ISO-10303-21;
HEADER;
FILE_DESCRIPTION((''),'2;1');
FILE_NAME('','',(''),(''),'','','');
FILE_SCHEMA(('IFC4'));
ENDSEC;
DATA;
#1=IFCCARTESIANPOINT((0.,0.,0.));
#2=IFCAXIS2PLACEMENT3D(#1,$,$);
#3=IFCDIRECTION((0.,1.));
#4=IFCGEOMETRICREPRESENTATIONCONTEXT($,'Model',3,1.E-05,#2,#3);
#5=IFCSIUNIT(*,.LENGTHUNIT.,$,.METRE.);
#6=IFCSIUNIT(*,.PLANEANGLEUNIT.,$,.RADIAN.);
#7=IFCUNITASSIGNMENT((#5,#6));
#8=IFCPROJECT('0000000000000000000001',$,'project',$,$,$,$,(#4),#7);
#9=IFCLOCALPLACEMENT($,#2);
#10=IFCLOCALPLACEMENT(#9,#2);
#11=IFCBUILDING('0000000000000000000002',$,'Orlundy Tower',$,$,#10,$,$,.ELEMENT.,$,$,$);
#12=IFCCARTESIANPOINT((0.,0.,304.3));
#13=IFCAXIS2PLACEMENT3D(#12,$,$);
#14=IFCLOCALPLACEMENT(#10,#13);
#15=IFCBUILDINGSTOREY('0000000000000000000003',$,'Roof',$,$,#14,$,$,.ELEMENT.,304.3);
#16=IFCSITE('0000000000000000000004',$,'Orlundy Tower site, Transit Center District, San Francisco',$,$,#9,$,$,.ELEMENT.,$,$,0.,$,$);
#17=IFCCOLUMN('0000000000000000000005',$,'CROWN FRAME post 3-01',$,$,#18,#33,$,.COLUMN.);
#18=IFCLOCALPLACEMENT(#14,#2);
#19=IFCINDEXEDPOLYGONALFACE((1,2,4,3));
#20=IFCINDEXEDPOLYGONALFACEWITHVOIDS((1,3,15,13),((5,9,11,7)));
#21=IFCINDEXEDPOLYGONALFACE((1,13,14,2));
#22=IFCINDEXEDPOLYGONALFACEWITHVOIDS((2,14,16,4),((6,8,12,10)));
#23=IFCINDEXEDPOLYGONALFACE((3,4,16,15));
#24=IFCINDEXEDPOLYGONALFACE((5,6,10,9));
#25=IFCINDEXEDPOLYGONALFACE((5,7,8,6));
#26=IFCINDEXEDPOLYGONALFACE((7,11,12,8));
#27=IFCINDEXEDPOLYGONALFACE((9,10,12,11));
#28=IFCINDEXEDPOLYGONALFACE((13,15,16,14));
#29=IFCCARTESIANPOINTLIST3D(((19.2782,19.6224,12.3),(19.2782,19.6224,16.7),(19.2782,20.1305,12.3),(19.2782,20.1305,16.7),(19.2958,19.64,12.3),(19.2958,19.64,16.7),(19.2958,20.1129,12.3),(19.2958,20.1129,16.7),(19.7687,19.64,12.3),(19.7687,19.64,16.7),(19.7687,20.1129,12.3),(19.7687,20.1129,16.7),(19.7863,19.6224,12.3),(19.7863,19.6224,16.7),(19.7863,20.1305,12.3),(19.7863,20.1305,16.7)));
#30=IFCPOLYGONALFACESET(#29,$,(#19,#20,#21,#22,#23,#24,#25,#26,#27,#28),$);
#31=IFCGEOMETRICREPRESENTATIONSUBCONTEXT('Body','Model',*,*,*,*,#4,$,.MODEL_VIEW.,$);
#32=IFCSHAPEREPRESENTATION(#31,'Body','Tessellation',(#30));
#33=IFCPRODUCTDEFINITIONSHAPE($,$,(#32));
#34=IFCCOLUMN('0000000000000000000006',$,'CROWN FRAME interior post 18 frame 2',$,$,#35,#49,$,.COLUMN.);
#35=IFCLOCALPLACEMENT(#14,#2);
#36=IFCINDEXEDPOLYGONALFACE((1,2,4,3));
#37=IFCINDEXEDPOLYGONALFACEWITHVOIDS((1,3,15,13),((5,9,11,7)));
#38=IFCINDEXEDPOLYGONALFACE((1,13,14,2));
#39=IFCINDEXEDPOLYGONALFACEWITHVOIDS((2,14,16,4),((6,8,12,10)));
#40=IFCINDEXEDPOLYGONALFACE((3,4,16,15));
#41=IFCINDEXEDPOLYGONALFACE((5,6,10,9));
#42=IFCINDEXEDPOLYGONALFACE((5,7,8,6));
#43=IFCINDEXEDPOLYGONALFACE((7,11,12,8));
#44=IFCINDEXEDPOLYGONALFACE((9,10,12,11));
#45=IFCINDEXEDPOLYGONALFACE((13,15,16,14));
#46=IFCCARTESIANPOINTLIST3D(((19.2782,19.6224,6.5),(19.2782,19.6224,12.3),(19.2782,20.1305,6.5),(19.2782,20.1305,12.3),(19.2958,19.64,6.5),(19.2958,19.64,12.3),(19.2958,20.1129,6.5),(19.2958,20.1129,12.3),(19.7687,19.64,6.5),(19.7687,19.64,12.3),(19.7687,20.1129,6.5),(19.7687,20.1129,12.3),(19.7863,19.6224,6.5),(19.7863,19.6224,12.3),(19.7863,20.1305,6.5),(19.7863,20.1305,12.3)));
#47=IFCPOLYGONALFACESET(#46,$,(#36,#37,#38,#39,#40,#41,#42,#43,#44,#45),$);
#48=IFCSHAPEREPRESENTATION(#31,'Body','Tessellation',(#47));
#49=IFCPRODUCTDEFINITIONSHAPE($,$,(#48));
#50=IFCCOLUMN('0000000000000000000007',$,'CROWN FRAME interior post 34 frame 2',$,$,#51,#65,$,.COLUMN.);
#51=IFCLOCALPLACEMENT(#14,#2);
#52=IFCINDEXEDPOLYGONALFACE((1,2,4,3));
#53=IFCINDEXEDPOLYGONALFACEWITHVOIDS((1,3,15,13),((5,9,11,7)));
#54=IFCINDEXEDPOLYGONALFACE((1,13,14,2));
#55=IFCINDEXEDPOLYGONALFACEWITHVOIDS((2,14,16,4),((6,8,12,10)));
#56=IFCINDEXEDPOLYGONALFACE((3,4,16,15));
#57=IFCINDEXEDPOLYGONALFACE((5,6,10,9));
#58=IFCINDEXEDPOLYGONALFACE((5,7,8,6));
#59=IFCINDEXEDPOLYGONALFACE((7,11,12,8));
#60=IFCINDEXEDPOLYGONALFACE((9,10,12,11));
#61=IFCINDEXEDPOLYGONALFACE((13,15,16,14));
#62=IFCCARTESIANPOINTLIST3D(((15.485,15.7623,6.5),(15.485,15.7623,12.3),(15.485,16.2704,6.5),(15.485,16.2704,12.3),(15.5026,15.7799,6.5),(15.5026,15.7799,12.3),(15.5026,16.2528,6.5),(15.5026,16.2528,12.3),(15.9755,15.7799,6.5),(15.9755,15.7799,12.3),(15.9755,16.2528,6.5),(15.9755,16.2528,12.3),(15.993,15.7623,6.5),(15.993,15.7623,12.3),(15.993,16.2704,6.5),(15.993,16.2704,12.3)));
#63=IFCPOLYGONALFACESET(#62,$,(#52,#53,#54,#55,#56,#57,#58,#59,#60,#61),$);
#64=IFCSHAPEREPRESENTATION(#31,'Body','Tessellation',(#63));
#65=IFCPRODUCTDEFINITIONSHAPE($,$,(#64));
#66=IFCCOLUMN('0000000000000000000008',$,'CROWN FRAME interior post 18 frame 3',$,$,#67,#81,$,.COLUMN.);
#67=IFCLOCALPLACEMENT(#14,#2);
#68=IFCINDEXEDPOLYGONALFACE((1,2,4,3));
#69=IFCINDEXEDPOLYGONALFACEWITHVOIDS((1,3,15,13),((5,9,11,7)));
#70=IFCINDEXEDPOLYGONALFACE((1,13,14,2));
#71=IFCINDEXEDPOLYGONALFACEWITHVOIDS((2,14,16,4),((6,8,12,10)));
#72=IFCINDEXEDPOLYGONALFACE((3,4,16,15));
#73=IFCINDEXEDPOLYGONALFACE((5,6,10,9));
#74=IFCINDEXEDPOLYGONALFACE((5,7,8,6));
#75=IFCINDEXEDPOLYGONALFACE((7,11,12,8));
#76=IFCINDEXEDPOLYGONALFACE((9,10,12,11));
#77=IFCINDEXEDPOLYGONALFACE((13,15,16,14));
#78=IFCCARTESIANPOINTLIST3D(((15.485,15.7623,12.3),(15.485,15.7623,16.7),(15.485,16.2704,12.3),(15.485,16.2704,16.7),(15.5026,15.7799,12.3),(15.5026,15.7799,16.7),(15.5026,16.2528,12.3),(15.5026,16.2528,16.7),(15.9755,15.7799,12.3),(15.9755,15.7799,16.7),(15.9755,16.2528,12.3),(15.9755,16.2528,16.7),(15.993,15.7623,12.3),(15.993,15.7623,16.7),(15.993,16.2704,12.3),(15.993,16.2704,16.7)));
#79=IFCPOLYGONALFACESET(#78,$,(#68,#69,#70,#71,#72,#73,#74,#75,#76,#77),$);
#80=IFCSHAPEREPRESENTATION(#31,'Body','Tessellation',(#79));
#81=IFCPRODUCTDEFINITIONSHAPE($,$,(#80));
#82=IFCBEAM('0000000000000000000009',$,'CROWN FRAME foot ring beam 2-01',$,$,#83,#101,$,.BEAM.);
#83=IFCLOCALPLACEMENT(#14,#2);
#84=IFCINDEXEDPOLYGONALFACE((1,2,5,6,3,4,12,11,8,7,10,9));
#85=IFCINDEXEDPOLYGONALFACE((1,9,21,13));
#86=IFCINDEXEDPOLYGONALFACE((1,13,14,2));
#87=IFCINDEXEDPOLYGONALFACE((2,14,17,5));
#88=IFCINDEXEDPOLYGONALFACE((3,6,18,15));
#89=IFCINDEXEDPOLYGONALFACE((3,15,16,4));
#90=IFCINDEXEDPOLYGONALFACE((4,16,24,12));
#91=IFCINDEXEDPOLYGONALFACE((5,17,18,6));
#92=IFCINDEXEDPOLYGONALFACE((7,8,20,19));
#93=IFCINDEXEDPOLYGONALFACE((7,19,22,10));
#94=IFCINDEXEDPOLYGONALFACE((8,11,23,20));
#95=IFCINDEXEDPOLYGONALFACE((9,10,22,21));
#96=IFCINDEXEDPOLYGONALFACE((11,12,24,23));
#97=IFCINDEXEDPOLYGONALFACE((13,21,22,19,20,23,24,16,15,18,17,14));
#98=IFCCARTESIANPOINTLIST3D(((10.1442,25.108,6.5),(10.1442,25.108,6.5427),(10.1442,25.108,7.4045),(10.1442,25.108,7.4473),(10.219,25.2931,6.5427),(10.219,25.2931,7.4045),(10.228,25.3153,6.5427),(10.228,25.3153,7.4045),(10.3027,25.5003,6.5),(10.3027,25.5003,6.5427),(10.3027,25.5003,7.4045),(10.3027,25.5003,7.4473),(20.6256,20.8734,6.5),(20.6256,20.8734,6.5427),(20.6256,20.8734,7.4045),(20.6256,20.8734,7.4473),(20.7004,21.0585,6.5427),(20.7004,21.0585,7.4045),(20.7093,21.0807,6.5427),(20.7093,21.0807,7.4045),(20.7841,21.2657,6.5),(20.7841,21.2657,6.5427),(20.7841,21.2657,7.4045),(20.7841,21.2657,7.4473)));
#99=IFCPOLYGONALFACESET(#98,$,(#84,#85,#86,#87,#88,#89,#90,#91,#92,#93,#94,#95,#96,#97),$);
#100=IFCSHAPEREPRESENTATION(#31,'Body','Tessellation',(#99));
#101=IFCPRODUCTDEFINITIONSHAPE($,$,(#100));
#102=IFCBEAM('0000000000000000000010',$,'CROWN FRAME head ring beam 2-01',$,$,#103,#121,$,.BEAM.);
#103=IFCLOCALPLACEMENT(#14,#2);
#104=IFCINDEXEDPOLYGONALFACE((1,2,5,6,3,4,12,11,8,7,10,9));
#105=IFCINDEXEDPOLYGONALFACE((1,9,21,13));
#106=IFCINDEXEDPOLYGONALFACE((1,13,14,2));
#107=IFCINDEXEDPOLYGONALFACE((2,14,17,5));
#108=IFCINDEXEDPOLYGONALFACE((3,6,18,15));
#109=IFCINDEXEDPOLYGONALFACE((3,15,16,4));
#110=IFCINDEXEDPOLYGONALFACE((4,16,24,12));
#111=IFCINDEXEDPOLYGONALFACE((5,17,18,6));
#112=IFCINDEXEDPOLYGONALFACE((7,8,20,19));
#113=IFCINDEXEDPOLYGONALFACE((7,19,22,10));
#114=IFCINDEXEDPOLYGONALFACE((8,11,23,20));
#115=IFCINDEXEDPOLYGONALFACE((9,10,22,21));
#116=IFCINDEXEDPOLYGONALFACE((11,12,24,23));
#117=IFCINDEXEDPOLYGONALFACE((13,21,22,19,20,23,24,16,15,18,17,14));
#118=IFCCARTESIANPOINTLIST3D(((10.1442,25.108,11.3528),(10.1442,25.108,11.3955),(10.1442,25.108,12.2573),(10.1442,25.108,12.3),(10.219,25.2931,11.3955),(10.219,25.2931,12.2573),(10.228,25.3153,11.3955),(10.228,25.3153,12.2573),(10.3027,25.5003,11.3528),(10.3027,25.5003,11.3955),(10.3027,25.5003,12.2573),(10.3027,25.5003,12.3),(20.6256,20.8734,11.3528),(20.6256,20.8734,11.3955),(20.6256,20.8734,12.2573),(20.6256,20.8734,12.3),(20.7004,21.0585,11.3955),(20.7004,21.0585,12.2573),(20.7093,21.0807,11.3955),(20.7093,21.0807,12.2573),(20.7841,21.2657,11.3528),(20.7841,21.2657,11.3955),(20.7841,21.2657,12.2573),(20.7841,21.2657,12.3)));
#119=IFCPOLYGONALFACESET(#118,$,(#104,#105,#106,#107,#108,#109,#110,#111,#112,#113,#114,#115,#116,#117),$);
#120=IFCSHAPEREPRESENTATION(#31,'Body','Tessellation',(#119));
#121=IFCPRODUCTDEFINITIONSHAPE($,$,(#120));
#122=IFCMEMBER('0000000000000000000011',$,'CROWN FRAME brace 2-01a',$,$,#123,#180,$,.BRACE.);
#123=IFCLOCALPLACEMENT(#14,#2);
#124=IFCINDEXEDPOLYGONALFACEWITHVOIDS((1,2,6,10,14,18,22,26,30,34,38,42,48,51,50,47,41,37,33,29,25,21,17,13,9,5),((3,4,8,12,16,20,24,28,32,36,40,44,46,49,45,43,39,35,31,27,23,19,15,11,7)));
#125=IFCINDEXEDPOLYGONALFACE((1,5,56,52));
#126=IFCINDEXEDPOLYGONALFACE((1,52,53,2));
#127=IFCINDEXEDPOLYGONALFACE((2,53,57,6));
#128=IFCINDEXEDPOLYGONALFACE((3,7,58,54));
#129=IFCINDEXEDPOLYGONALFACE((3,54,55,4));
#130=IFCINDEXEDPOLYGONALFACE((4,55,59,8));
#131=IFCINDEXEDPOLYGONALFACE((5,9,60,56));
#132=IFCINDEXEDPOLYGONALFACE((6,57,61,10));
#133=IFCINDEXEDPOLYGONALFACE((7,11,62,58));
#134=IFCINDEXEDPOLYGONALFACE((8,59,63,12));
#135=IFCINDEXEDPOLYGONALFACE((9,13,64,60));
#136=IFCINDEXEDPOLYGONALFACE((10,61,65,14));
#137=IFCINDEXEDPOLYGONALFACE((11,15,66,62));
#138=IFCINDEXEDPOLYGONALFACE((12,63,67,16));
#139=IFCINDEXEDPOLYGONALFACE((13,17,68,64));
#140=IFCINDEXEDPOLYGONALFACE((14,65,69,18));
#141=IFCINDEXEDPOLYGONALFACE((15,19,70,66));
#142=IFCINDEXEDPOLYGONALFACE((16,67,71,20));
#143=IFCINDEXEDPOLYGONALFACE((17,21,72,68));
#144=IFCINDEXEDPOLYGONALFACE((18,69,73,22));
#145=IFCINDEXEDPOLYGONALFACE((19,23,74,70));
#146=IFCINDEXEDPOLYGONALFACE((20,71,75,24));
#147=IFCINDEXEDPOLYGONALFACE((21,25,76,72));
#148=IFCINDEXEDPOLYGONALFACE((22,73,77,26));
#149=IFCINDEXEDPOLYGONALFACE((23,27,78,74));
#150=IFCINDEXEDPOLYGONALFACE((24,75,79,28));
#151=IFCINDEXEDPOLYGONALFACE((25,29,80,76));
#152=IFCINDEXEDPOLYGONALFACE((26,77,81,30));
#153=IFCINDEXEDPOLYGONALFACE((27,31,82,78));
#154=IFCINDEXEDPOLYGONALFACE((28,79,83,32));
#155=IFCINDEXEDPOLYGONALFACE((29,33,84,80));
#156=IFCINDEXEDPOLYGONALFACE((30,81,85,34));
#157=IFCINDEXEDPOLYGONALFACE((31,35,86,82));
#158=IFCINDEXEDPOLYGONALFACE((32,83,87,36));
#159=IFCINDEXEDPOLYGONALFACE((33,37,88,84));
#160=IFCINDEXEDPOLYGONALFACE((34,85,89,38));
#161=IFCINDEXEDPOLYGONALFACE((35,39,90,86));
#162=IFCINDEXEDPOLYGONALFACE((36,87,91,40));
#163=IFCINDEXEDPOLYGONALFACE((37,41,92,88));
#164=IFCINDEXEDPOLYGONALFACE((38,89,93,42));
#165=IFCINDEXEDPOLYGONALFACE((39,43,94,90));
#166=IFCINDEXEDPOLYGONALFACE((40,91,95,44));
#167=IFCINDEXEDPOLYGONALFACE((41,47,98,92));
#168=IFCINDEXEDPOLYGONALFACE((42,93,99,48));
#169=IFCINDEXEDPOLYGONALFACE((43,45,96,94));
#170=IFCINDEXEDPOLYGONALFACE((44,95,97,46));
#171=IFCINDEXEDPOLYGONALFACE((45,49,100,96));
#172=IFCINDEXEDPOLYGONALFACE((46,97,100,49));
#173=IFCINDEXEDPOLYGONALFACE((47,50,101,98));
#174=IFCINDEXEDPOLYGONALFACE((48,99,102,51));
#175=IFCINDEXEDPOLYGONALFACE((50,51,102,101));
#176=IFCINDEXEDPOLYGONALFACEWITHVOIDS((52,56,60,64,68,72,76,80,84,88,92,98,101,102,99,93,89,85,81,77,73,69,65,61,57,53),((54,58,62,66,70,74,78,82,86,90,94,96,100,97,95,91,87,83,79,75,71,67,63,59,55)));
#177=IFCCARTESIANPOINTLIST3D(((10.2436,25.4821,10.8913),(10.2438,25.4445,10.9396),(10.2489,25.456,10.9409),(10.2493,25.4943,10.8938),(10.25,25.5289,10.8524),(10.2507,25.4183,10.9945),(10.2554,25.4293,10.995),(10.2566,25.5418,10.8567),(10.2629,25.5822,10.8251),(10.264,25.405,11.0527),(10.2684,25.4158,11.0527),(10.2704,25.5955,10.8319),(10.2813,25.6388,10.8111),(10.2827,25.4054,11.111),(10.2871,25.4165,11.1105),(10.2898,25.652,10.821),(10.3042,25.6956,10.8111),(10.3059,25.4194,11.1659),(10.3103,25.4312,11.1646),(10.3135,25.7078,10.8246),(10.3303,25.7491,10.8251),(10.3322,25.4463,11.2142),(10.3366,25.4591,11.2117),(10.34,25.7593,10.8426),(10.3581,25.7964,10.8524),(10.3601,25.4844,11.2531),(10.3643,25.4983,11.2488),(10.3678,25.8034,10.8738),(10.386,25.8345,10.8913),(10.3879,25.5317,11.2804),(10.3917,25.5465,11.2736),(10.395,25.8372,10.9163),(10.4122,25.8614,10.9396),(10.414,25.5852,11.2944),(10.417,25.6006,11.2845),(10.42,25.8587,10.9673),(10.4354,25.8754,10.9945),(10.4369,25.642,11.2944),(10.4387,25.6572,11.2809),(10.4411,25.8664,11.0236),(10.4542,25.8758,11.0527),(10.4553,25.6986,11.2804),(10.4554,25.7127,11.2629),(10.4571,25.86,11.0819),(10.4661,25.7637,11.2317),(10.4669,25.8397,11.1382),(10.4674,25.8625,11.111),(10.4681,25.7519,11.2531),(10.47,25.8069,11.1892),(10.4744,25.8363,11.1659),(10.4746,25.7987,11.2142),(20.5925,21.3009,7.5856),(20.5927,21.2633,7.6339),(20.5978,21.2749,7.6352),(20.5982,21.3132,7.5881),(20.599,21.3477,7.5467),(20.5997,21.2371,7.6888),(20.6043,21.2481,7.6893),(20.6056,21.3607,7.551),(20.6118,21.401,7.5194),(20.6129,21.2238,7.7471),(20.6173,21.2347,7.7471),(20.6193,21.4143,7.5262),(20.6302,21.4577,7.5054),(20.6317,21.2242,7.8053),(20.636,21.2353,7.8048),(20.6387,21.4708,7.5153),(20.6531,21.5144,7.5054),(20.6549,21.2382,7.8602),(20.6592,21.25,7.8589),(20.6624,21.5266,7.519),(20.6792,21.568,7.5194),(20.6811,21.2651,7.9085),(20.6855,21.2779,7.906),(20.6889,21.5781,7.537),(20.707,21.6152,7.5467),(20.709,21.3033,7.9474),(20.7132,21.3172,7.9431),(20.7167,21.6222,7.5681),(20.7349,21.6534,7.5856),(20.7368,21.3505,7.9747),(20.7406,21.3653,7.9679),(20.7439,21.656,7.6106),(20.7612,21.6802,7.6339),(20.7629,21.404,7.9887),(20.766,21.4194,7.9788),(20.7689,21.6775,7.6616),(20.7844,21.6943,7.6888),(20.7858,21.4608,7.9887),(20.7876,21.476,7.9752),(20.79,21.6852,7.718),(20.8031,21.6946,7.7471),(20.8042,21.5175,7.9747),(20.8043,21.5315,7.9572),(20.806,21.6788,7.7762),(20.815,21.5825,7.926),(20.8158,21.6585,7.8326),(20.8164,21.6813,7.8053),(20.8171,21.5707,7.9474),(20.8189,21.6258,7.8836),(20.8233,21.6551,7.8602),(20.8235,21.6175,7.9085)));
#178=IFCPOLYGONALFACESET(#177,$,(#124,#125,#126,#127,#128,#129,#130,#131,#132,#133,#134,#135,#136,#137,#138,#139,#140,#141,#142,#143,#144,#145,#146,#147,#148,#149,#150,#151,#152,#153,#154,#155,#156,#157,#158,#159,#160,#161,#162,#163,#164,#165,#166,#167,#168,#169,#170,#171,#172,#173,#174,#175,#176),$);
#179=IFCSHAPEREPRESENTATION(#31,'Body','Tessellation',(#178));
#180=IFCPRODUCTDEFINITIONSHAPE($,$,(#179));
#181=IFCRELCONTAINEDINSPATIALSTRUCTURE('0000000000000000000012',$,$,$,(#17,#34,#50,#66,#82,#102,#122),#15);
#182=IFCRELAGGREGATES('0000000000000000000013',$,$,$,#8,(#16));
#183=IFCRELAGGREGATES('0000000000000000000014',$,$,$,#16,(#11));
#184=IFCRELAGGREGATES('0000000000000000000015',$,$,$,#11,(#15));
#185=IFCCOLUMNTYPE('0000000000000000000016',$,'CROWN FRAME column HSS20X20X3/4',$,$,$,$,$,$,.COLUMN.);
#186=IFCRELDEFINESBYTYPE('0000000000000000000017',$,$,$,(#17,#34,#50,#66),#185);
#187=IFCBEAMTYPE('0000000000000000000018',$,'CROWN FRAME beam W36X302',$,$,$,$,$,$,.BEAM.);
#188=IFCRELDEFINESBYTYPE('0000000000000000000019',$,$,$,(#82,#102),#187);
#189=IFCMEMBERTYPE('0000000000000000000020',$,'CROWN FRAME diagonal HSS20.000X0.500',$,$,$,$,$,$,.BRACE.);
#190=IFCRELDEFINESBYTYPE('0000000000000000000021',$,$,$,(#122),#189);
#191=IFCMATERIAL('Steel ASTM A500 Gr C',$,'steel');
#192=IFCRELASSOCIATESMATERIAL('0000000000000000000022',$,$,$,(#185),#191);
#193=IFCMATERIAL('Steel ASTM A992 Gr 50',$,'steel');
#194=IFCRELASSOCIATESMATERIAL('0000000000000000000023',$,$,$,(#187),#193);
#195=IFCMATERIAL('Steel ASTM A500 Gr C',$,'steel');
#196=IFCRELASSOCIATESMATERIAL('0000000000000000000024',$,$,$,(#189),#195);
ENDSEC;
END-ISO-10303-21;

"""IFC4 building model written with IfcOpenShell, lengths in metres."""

from ifc_helpers import new_model, si_unit, direction, frame, origin, origin_2d, place, context, subcontext, project, spatial, hollow_rectangle, hollow_circle, i_section, extrude, material, material_profile, profile_set, type_object, element, save


model = new_model("IFC4")

# Units and contexts
model_context = context("Model", 3, precision=1e-05, world=origin(), true_north=direction((0.0, 1.0)))
body_context = subcontext(model_context, "Body", "Model", "MODEL_VIEW")
ifc_project = project(units=[si_unit("LENGTHUNIT", "METRE"), si_unit("PLANEANGLEUNIT", "RADIAN")], contexts=[model_context])

# Site, building, storey
site_placement = place(None, origin())
site = spatial("IfcSite", under=ifc_project, at=site_placement, Name="Orlundy Tower site, Transit Center District, San Francisco", CompositionType="ELEMENT", RefElevation=0.0)
building_placement = place(site_placement, origin())
building = spatial("IfcBuilding", under=site, at=building_placement, Name="Orlundy Tower", CompositionType="ELEMENT")
storey_placement = place(building_placement, frame((0.0, 0.0, 304.3)))
storey = spatial("IfcBuildingStorey", under=building, at=storey_placement, Name="Roof", CompositionType="ELEMENT", Elevation=304.3)

# Columns
ifc_material_1 = material(Name="Steel ASTM A500 Gr C", Category="steel")
ifc_material_profile_1 = material_profile(ifc_material_1, hollow_rectangle(XDim=0.5081, YDim=0.5081, WallThickness=0.0176, at=origin_2d()), Name="HSS20X20X3/4")
ifc_profile_set_1 = profile_set([ifc_material_profile_1], Name="Steel ASTM A500 Gr C")
column_type = type_object("IfcColumnType", Name="CROWN FRAME column HSS20X20X3/4", PredefinedType="COLUMN", material=ifc_profile_set_1)
column_1_placement = place(storey_placement, frame((19.5322, 19.8765, 12.3), z_axis=(0.0, 0.0, 1.0), x_axis=(1.0, 0.0, 0.0)))
element("IfcColumn", 1, at=column_1_placement, inside=storey, type_object=column_type, Name="CROWN FRAME post 3-01", PredefinedType="COLUMN", context=body_context, shape_type="SweptSolid", body=[
    extrude(hollow_rectangle(XDim=0.5081, YDim=0.5081, WallThickness=0.0176, at=origin_2d()), origin(), (0.0, 0.0, 1.0), 4.3999),
])
for number, where, z_axis, x_axis, name in (
    (2, (19.5322, 19.8765, 6.5), (0.0, 0.0, 1.0), (1.0, 0.0, 0.0), "CROWN FRAME interior post 18 frame 2"),
    (3, (15.739, 16.0164, 6.5), (0.0, 0.0, 1.0), (1.0, 0.0, 0.0), "CROWN FRAME interior post 34 frame 2"),
):
    element("IfcColumn", number, at=place(storey_placement, frame(where, z_axis=z_axis, x_axis=x_axis)), inside=storey, type_object=column_type, Name=name, PredefinedType="COLUMN", context=body_context, shape_type="SweptSolid", body=[
        extrude(hollow_rectangle(XDim=0.5081, YDim=0.5081, WallThickness=0.0176, at=origin_2d()), origin(), (0.0, 0.0, 1.0), 5.8),
    ])
column_2_placement = place(storey_placement, frame((15.739, 16.0164, 12.3), z_axis=(0.0, 0.0, 1.0), x_axis=(1.0, 0.0, 0.0)))
element("IfcColumn", 4, at=column_2_placement, inside=storey, type_object=column_type, Name="CROWN FRAME interior post 18 frame 3", PredefinedType="COLUMN", context=body_context, shape_type="SweptSolid", body=[
    extrude(hollow_rectangle(XDim=0.5081, YDim=0.5081, WallThickness=0.0176, at=origin_2d()), origin(), (0.0, 0.0, 1.0), 4.3999),
])

# Beams
ifc_material_2 = material(Name="Steel ASTM A992 Gr 50", Category="steel")
ifc_material_profile_2 = material_profile(ifc_material_2, i_section(OverallWidth=0.4231, OverallDepth=0.9473, WebThickness=0.0239, FlangeThickness=0.0427, at=origin_2d()), Name="W36X302")
ifc_profile_set_2 = profile_set([ifc_material_profile_2], Name="Steel ASTM A992 Gr 50")
beam_type = type_object("IfcBeamType", Name="CROWN FRAME beam W36X302", PredefinedType="BEAM", material=ifc_profile_set_2)
for number, where, z_axis, x_axis, name in (
    (5, (20.7048, 21.0696, 6.9736), (-0.927189, 0.374594, 0.0), (-0.374594, -0.927189, 0.0), "CROWN FRAME foot ring beam 2-01"),
    (6, (20.7048, 21.0696, 11.8264), (-0.927189, 0.374594, 0.0), (-0.374594, -0.927189, 0.0), "CROWN FRAME head ring beam 2-01"),
):
    element("IfcBeam", number, at=place(storey_placement, frame(where, z_axis=z_axis, x_axis=x_axis)), inside=storey, type_object=beam_type, Name=name, PredefinedType="BEAM", context=body_context, shape_type="SweptSolid", body=[
        extrude(i_section(OverallWidth=0.4231, OverallDepth=0.9473, WebThickness=0.0239, FlangeThickness=0.0427, at=origin_2d()), origin(), (0.0, 0.0, 1.0), 11.3044),
    ])

# Member
ifc_material_3 = material(Name="Steel ASTM A500 Gr C", Category="steel")
ifc_material_profile_3 = material_profile(ifc_material_3, hollow_circle(Radius=0.2539, WallThickness=0.0117, at=origin_2d()), Name="HSS20.000X0.500")
ifc_profile_set_3 = profile_set([ifc_material_profile_3], Name="Steel ASTM A500 Gr C")
member_type_1 = type_object("IfcMemberType", Name="CROWN FRAME diagonal HSS20.000X0.500", PredefinedType="BRACE", material=ifc_profile_set_3)
member_1_placement = place(storey_placement, frame((20.708, 21.4592, 7.7471), z_axis=(-0.889016, 0.35918, 0.283972), x_axis=(-0.374602, -0.927186, 0.0)))
element("IfcMember", 7, at=member_1_placement, inside=storey, type_object=member_type_1, Name="CROWN FRAME brace 2-01a", PredefinedType="BRACE", context=body_context, shape_type="SweptSolid", body=[
    extrude(hollow_circle(Radius=0.2539, WallThickness=0.0117, at=origin_2d()), origin(), (0.0, 0.0, 1.0), 11.6409),
])

save(model, "model.ifc")
